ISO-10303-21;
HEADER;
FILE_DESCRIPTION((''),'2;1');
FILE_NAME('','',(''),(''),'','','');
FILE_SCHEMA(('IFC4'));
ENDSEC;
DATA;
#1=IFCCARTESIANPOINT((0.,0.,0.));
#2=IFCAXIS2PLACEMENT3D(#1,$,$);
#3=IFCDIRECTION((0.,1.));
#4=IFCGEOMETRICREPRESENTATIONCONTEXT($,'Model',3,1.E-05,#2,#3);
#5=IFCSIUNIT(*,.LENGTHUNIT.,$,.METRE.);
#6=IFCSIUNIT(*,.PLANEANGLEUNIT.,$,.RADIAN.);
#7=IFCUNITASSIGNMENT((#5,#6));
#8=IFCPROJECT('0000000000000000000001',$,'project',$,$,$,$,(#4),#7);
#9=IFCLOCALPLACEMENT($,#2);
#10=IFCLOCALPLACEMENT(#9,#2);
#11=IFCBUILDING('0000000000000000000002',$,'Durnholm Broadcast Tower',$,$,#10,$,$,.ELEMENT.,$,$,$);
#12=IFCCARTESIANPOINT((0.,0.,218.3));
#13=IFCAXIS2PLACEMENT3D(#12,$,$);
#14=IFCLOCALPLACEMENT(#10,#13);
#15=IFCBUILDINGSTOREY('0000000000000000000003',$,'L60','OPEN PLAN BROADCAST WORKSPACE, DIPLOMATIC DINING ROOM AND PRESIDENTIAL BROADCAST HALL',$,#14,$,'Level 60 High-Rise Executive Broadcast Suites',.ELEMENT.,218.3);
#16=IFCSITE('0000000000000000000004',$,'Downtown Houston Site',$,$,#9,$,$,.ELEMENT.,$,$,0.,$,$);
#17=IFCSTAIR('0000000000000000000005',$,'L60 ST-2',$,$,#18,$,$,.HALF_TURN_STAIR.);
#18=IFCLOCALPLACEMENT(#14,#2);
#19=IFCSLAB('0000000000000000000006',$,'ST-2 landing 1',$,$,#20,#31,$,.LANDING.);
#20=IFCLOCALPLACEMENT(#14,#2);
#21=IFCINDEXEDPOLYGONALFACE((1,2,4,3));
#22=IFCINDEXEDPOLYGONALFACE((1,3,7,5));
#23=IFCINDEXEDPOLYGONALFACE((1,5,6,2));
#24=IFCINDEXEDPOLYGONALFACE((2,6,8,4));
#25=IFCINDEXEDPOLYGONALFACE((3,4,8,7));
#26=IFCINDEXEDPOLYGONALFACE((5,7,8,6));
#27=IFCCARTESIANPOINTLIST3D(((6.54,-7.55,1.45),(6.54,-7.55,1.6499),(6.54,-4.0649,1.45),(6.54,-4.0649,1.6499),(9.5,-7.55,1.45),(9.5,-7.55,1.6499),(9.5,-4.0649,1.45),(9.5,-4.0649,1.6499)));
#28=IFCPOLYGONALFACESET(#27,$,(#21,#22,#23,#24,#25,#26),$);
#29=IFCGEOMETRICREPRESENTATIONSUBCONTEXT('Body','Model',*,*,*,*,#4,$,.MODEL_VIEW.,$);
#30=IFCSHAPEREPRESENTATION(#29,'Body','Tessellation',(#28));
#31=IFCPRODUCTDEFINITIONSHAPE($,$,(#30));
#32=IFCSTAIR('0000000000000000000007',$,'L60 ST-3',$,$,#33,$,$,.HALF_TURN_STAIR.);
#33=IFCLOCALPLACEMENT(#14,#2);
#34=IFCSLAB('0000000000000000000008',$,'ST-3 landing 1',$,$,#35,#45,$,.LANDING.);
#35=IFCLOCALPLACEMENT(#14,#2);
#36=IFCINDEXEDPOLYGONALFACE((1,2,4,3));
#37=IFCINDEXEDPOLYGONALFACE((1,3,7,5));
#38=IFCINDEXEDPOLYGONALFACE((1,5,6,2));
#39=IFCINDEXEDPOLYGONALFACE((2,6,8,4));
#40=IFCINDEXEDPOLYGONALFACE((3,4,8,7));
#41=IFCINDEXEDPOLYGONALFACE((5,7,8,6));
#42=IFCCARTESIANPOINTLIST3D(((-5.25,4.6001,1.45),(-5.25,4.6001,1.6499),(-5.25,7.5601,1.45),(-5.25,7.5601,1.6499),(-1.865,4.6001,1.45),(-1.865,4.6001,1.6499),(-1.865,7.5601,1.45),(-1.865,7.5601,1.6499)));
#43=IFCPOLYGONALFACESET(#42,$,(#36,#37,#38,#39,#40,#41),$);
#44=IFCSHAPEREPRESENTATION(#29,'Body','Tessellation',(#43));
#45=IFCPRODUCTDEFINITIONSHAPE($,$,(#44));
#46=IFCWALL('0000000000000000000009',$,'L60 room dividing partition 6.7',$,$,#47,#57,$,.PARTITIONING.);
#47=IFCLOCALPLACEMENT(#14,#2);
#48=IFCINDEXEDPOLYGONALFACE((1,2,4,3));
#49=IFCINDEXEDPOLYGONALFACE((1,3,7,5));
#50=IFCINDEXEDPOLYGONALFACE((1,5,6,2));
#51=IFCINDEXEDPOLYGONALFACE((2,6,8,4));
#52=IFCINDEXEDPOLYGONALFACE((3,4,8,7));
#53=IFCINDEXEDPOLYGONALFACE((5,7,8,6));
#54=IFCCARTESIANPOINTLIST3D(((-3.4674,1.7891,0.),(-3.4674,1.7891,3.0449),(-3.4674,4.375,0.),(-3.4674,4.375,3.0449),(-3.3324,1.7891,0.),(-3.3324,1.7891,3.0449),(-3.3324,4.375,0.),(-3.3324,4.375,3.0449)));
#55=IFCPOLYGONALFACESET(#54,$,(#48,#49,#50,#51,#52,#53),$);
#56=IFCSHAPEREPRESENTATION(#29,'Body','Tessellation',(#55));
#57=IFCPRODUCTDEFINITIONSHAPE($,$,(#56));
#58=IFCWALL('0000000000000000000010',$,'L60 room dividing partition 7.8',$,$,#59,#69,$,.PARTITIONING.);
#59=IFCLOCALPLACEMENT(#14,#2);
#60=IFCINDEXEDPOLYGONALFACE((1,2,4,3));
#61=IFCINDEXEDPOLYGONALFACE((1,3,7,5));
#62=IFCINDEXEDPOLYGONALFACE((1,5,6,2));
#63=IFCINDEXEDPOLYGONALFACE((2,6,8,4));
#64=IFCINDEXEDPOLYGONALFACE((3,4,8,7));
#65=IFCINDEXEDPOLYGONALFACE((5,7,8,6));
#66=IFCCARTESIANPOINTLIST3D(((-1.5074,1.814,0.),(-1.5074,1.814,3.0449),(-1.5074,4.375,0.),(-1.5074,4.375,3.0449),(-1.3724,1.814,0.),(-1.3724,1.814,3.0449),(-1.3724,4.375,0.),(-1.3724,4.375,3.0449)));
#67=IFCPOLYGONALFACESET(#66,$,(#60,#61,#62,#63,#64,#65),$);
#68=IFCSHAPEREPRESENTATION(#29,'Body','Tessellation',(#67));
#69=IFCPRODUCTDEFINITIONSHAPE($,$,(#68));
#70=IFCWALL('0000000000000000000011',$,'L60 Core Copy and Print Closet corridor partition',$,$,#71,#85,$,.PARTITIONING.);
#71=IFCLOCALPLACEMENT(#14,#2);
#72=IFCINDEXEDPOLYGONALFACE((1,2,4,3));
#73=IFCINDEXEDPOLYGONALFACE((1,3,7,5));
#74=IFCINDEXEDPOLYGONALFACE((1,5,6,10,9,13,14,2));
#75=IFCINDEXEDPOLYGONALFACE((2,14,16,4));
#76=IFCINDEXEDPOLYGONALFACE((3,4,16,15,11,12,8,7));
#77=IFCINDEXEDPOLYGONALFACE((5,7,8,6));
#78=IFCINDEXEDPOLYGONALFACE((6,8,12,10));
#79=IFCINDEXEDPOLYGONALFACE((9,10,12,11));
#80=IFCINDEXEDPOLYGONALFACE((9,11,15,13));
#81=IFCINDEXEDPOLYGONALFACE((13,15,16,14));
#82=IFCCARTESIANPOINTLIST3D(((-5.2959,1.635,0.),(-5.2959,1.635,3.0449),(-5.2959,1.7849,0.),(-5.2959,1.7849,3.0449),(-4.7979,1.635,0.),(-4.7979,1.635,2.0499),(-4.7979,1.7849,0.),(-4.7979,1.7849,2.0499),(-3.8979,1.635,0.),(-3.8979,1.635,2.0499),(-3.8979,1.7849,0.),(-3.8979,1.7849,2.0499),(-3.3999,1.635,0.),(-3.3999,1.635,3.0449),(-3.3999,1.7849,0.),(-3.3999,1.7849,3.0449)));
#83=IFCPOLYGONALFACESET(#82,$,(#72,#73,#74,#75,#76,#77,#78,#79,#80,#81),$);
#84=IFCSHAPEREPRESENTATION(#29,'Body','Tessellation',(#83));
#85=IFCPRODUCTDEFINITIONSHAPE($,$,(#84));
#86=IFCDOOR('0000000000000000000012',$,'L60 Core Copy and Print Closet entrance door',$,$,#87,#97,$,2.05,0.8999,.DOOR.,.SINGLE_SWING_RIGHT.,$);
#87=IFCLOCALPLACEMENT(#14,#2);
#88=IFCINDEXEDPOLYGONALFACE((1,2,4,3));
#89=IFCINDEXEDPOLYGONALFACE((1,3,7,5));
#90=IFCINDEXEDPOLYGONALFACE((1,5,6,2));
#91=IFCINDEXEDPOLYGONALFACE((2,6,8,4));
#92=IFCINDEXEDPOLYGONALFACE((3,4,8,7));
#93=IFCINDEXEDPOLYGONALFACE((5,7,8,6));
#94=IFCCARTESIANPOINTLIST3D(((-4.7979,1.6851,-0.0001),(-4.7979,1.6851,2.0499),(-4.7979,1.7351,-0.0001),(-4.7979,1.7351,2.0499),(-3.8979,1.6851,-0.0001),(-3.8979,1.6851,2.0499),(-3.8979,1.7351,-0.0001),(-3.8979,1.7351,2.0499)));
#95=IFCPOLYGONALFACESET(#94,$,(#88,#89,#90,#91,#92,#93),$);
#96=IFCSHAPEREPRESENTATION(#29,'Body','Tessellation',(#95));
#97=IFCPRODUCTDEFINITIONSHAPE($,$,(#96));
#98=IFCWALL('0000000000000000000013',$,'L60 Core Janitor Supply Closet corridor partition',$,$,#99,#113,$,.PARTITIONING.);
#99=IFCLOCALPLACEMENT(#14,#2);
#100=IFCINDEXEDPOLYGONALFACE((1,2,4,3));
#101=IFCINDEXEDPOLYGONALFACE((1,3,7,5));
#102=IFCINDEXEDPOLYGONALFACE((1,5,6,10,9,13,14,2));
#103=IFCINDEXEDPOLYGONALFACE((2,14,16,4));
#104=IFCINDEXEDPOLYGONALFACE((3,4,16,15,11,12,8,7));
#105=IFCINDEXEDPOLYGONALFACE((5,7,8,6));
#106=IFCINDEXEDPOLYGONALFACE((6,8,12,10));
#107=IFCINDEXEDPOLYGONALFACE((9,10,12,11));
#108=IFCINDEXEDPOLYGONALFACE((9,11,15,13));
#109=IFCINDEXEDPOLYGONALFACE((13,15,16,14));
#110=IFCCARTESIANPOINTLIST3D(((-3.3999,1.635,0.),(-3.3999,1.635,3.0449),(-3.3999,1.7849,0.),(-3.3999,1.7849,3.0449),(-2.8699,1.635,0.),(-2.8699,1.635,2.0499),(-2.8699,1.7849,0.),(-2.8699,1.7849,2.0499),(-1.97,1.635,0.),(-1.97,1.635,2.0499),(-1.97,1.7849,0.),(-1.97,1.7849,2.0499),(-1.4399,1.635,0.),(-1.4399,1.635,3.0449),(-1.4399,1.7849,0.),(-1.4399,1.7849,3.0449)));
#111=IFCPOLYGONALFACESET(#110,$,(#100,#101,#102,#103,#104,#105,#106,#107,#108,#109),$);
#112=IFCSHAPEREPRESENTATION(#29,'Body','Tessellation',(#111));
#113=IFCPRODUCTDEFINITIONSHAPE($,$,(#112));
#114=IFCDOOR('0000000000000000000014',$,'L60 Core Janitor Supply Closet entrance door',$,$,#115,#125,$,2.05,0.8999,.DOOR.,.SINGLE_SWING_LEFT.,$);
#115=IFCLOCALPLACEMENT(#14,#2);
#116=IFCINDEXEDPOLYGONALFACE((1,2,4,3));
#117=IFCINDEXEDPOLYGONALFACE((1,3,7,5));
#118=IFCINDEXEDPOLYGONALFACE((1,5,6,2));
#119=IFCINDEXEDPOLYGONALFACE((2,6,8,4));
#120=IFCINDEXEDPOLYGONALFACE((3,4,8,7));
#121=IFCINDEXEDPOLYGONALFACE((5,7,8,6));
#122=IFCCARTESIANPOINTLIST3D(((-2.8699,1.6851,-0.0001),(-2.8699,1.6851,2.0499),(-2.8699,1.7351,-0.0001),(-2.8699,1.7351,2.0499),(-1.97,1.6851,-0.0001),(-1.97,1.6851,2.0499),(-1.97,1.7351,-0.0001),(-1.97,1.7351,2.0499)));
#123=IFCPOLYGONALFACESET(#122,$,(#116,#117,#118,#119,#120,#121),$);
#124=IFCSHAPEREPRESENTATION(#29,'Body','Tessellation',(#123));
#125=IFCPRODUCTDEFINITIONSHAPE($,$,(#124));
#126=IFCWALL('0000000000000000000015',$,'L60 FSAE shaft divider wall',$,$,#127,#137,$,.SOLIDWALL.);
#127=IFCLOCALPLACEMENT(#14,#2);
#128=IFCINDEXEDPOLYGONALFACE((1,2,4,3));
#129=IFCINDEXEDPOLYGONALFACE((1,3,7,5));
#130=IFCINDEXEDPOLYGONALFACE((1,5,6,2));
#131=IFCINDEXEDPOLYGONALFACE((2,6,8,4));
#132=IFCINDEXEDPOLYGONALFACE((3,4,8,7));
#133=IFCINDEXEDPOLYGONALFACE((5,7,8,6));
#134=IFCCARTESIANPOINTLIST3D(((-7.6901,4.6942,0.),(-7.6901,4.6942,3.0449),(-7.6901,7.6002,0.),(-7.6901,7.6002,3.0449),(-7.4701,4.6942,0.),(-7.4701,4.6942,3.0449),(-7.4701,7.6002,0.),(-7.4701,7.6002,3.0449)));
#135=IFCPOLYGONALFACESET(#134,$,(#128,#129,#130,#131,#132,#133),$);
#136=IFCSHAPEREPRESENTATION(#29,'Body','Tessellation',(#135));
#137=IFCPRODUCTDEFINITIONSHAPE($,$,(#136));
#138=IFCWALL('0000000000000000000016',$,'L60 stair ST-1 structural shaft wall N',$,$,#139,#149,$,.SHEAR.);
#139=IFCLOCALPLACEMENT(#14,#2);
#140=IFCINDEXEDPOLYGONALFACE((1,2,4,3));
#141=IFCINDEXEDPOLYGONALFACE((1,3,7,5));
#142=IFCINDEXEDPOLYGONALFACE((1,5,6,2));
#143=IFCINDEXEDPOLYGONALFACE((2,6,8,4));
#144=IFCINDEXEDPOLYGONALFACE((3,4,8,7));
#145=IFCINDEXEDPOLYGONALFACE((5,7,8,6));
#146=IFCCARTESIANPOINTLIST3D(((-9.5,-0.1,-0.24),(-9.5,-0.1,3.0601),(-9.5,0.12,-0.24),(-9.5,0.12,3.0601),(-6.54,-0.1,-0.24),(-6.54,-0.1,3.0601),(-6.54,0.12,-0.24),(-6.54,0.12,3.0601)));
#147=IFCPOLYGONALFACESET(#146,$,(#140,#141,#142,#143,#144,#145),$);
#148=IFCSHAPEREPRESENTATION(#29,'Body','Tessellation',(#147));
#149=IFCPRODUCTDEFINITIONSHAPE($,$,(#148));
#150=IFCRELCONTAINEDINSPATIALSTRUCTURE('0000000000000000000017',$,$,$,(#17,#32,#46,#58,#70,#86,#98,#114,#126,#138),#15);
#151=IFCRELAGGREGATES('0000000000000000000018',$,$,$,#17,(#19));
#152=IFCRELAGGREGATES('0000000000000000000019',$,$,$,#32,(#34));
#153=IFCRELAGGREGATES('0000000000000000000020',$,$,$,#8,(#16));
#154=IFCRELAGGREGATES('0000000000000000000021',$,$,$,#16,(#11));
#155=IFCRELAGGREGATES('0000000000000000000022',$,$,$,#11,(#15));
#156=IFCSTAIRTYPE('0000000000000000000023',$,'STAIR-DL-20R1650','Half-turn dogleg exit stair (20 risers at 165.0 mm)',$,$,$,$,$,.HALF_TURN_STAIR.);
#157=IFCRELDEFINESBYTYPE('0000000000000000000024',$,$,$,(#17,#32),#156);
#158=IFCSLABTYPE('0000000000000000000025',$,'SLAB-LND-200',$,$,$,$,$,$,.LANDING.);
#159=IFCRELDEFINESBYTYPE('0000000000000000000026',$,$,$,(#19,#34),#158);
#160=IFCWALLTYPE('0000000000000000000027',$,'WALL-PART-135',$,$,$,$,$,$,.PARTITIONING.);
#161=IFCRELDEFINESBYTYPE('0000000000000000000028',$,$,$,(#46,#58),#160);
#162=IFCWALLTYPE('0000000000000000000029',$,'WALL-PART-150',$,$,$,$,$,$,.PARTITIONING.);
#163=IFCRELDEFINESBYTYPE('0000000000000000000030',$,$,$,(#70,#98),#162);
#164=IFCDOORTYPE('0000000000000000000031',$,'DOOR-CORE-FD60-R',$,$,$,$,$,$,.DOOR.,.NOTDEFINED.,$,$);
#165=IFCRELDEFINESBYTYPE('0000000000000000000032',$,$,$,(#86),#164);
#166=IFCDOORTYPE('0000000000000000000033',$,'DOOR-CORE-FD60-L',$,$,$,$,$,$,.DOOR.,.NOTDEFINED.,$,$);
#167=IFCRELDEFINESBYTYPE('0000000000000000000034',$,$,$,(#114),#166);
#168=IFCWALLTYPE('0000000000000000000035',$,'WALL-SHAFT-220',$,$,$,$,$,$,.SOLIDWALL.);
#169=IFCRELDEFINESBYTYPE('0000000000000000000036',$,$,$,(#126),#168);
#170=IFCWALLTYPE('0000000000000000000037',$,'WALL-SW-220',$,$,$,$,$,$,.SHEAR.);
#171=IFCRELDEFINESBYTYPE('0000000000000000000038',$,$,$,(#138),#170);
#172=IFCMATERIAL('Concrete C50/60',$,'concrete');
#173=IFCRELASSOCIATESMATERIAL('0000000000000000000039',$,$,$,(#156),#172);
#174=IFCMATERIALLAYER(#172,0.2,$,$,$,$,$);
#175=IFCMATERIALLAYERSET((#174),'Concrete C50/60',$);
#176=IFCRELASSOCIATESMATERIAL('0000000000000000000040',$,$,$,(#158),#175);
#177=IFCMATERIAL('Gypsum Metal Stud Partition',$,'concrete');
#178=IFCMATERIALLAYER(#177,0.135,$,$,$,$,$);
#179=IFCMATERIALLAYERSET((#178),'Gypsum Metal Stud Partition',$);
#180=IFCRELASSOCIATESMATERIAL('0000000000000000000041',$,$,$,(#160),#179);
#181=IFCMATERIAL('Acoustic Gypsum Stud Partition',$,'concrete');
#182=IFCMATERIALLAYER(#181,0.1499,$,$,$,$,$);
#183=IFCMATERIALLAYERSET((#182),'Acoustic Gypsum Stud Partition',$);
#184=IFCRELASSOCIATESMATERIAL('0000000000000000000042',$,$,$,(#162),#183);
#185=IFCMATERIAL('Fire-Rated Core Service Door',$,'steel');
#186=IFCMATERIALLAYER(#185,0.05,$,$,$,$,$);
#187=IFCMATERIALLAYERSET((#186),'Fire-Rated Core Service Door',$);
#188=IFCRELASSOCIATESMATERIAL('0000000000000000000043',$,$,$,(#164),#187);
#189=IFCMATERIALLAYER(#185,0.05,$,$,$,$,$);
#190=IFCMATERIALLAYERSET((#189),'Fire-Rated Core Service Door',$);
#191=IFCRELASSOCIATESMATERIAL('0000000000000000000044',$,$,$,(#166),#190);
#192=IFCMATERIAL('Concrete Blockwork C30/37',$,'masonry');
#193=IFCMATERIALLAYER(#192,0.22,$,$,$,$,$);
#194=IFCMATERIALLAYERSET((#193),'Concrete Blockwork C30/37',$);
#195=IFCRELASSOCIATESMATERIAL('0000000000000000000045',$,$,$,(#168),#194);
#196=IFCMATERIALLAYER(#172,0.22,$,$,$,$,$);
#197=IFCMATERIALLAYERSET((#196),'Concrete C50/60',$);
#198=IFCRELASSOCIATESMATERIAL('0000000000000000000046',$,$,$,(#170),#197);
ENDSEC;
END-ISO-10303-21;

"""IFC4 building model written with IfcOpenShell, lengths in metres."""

from ifc_helpers import new_model, si_unit, direction, frame, frame_2d, origin, place, context, subcontext, project, spatial, polyline, rectangle, outline, extrude, source, transform, mapped, material, layer, layer_set, type_object, type_shapes, element, fill, aggregate, save


model = new_model("IFC4")

# Units and contexts
model_context = context("Model", 3, precision=1e-05, world=origin(), true_north=direction((0.0, 1.0)))
body_context = subcontext(model_context, "Body", "Model", "MODEL_VIEW")
ifc_project = project(units=[si_unit("LENGTHUNIT", "METRE"), si_unit("PLANEANGLEUNIT", "RADIAN")], contexts=[model_context])

# Site, building, storey
site_placement = place(None, origin())
site = spatial("IfcSite", under=ifc_project, at=site_placement, Name="Downtown Houston Site", CompositionType="ELEMENT", RefElevation=0.0)
building_placement = place(site_placement, origin())
building = spatial("IfcBuilding", under=site, at=building_placement, Name="Durnholm Broadcast Tower", CompositionType="ELEMENT")
storey_placement = place(building_placement, frame((0.0, 0.0, 218.3)))
storey = spatial("IfcBuildingStorey", under=building, at=storey_placement, Name="L60", Description="OPEN PLAN BROADCAST WORKSPACE, DIPLOMATIC DINING ROOM AND PRESIDENTIAL BROADCAST HALL", LongName="Level 60 High-Rise Executive Broadcast Suites", CompositionType="ELEMENT", Elevation=218.3)

# Stairs, slabs
ifc_material_1 = material(Name="Concrete C50/60", Category="concrete")
stair_type = type_object("IfcStairType", Name="STAIR-DL-20R1650", Description="Half-turn dogleg exit stair (20 risers at 165.0 mm)", PredefinedType="HALF_TURN_STAIR", material=ifc_material_1)
stair_1_placement = place(storey_placement, origin())
stair_1 = element("IfcStair", 1, at=stair_1_placement, inside=storey, type_object=stair_type, Name="L60 ST-2", PredefinedType="HALF_TURN_STAIR")
ifc_layer_1 = layer(ifc_material_1, 0.2)
ifc_layer_set_1 = layer_set([ifc_layer_1], Name="Concrete C50/60")
slab_type = type_object("IfcSlabType", Name="SLAB-LND-200", PredefinedType="LANDING", material=ifc_layer_set_1)
slab_1_placement = place(storey_placement, frame((0.0, 0.0, 1.45)))
slab_1 = element("IfcSlab", 2, at=slab_1_placement, type_object=slab_type, Name="ST-2 landing 1", PredefinedType="LANDING", context=body_context, shape_type="SweptSolid", body=[
    extrude(outline(polyline([(6.54, -4.0649), (6.54, -7.55), (9.5, -7.55), (9.5, -4.0649), (6.54, -4.0649)])), origin(), (0.0, 0.0, 1.0), 0.2),
])
aggregate(stair_1, [slab_1])
stair_2_placement = place(storey_placement, origin())
stair_2 = element("IfcStair", 3, at=stair_2_placement, inside=storey, type_object=stair_type, Name="L60 ST-3", PredefinedType="HALF_TURN_STAIR")
slab_2_placement = place(storey_placement, frame((0.0, 0.0, 1.45)))
slab_2 = element("IfcSlab", 4, at=slab_2_placement, type_object=slab_type, Name="ST-3 landing 1", PredefinedType="LANDING", context=body_context, shape_type="SweptSolid", body=[
    extrude(outline(polyline([(-1.865, 7.5601), (-5.25, 7.5601), (-5.25, 4.6001), (-1.865, 4.6001), (-1.865, 7.5601)])), origin(), (0.0, 0.0, 1.0), 0.2),
])

# Walls
ifc_material_2 = material(Name="Gypsum Metal Stud Partition", Category="concrete")
ifc_layer_2 = layer(ifc_material_2, 0.135)
ifc_layer_set_2 = layer_set([ifc_layer_2], Name="Gypsum Metal Stud Partition")
wall_type_1 = type_object("IfcWallType", Name="WALL-PART-135", PredefinedType="PARTITIONING", material=ifc_layer_set_2)
wall_1_placement = place(storey_placement, frame((-3.3999, 4.375, 0.0), z_axis=(0.0, 0.0, 1.0), x_axis=(0.0, -1.0, 0.0)))
element("IfcWall", 5, at=wall_1_placement, inside=storey, type_object=wall_type_1, Name="L60 room dividing partition 6.7", PredefinedType="PARTITIONING", context=body_context, shape_type="SweptSolid", body=[
    extrude(rectangle(XDim=2.5859, YDim=0.135, at=frame_2d((1.293, 0.0))), origin(), (0.0, 0.0, 1.0), 3.0449),
])
wall_2_placement = place(storey_placement, frame((-1.4399, 4.375, 0.0), z_axis=(0.0, 0.0, 1.0), x_axis=(0.0, -1.0, 0.0)))
element("IfcWall", 6, at=wall_2_placement, inside=storey, type_object=wall_type_1, Name="L60 room dividing partition 7.8", PredefinedType="PARTITIONING", context=body_context, shape_type="SweptSolid", body=[
    extrude(rectangle(XDim=2.561, YDim=0.135, at=frame_2d((1.2805, 0.0))), origin(), (0.0, 0.0, 1.0), 3.0449),
])

# Walls, openings, doors
ifc_material_3 = material(Name="Acoustic Gypsum Stud Partition", Category="concrete")
ifc_layer_3 = layer(ifc_material_3, 0.1499)
ifc_layer_set_3 = layer_set([ifc_layer_3], Name="Acoustic Gypsum Stud Partition")
wall_type_2 = type_object("IfcWallType", Name="WALL-PART-150", PredefinedType="PARTITIONING", material=ifc_layer_set_3)
wall_3_placement = place(storey_placement, frame((-3.3999, 1.71, 0.0), z_axis=(0.0, 0.0, 1.0), x_axis=(-1.0, 0.0, 0.0)))
wall_3 = element("IfcWall", 7, at=wall_3_placement, inside=storey, type_object=wall_type_2, Name="L60 Core Copy and Print Closet corridor partition", PredefinedType="PARTITIONING", context=body_context, shape_type="SweptSolid", body=[
    extrude(rectangle(XDim=1.896, YDim=0.1499, at=frame_2d((0.948, 0.0))), origin(), (0.0, 0.0, 1.0), 3.0449),
])
opening_1_placement = place(wall_3_placement, frame((0.498, 0.0, 0.0)))
opening_1 = element("IfcOpeningElement", 8, at=opening_1_placement, cuts=wall_3, PredefinedType="OPENING", context=body_context, shape_type="SweptSolid", body=[
    extrude(rectangle(XDim=0.8999, YDim=2.05, at=frame_2d((0.45, 1.0249))), frame((0.0, 0.085, 0.0), z_axis=(0.0, -1.0, 0.0), x_axis=(1.0, 0.0, 0.0)), (0.0, 0.0, 1.0), 0.1699),
])
ifc_material_4 = material(Name="Fire-Rated Core Service Door", Category="steel")
ifc_layer_4 = layer(ifc_material_4, 0.05)
ifc_layer_set_4 = layer_set([ifc_layer_4], Name="Fire-Rated Core Service Door")
door_type_1 = type_object("IfcDoorType", Name="DOOR-CORE-FD60-R", OperationType="NOTDEFINED", PredefinedType="DOOR", material=ifc_layer_set_4)
shared_shape_1 = source(origin(), body_context, "Body", "SweptSolid", [
    extrude(rectangle(XDim=0.8999, YDim=2.05, at=frame_2d((0.45, 1.0249))), frame((0.0, 0.0249, 0.0), z_axis=(0.0, -1.0, 0.0), x_axis=(1.0, 0.0, 0.0)), (0.0, 0.0, 1.0), 0.05),
])
type_shapes(door_type_1, [shared_shape_1])
door_1_placement = place(opening_1_placement, origin())
door_1 = element("IfcDoor", 9, at=door_1_placement, inside=storey, type_object=door_type_1, Name="L60 Core Copy and Print Closet entrance door", OperationType="SINGLE_SWING_RIGHT", OverallHeight=2.05, OverallWidth=0.8999, PredefinedType="DOOR", context=body_context, shape_type="MappedRepresentation", body=[
    mapped(shared_shape_1, transform((0.0, 0.0, 0.0), x_axis=(1.0, 0.0, 0.0), y_axis=(0.0, 1.0, 0.0), z_axis=(0.0, 0.0, 1.0), scale=1.0)),
])
fill(opening_1, door_1)
wall_4_placement = place(storey_placement, frame((-1.4399, 1.71, 0.0), z_axis=(0.0, 0.0, 1.0), x_axis=(-1.0, 0.0, 0.0)))
wall_4 = element("IfcWall", 10, at=wall_4_placement, inside=storey, type_object=wall_type_2, Name="L60 Core Janitor Supply Closet corridor partition", PredefinedType="PARTITIONING", context=body_context, shape_type="SweptSolid", body=[
    extrude(rectangle(XDim=1.96, YDim=0.1499, at=frame_2d((0.98, 0.0))), origin(), (0.0, 0.0, 1.0), 3.0449),
])
opening_2_placement = place(wall_4_placement, frame((0.53, 0.0, 0.0)))
opening_2 = element("IfcOpeningElement", 11, at=opening_2_placement, cuts=wall_4, PredefinedType="OPENING", context=body_context, shape_type="SweptSolid", body=[
    extrude(rectangle(XDim=0.8999, YDim=2.05, at=frame_2d((0.45, 1.0249))), frame((0.0, 0.085, 0.0), z_axis=(0.0, -1.0, 0.0), x_axis=(1.0, 0.0, 0.0)), (0.0, 0.0, 1.0), 0.1699),
])
ifc_layer_5 = layer(ifc_material_4, 0.05)
ifc_layer_set_5 = layer_set([ifc_layer_5], Name="Fire-Rated Core Service Door")
door_type_2 = type_object("IfcDoorType", Name="DOOR-CORE-FD60-L", OperationType="NOTDEFINED", PredefinedType="DOOR", material=ifc_layer_set_5)
shared_shape_2 = source(origin(), body_context, "Body", "SweptSolid", [
    extrude(rectangle(XDim=0.8999, YDim=2.05, at=frame_2d((0.45, 1.0249))), frame((0.0, 0.0249, 0.0), z_axis=(0.0, -1.0, 0.0), x_axis=(1.0, 0.0, 0.0)), (0.0, 0.0, 1.0), 0.05),
])
type_shapes(door_type_2, [shared_shape_2])
door_2_placement = place(opening_2_placement, origin())
door_2 = element("IfcDoor", 12, at=door_2_placement, inside=storey, type_object=door_type_2, Name="L60 Core Janitor Supply Closet entrance door", OperationType="SINGLE_SWING_LEFT", OverallHeight=2.05, OverallWidth=0.8999, PredefinedType="DOOR", context=body_context, shape_type="MappedRepresentation", body=[
    mapped(shared_shape_2, transform((0.0, 0.0, 0.0), x_axis=(1.0, 0.0, 0.0), y_axis=(0.0, 1.0, 0.0), z_axis=(0.0, 0.0, 1.0), scale=1.0)),
])
fill(opening_2, door_2)

# Walls
ifc_material_5 = material(Name="Concrete Blockwork C30/37", Category="masonry")
ifc_layer_6 = layer(ifc_material_5, 0.22)
ifc_layer_set_6 = layer_set([ifc_layer_6], Name="Concrete Blockwork C30/37")
wall_type_3 = type_object("IfcWallType", Name="WALL-SHAFT-220", PredefinedType="SOLIDWALL", material=ifc_layer_set_6)
wall_5_placement = place(storey_placement, frame((-7.5801, 4.6941, 0.0), z_axis=(0.0, 0.0, 1.0), x_axis=(0.0, 1.0, 0.0)))
element("IfcWall", 13, at=wall_5_placement, inside=storey, type_object=wall_type_3, Name="L60 FSAE shaft divider wall", PredefinedType="SOLIDWALL", context=body_context, shape_type="SweptSolid", body=[
    extrude(rectangle(XDim=2.906, YDim=0.22, at=frame_2d((1.4531, 0.0))), origin(), (0.0, 0.0, 1.0), 3.0449),
])
ifc_layer_7 = layer(ifc_material_1, 0.22)
ifc_layer_set_7 = layer_set([ifc_layer_7], Name="Concrete C50/60")
wall_type_4 = type_object("IfcWallType", Name="WALL-SW-220", PredefinedType="SHEAR", material=ifc_layer_set_7)
wall_6_placement = place(storey_placement, frame((-6.54, 0.01, -0.24), z_axis=(0.0, 0.0, 1.0), x_axis=(-1.0, 0.0, 0.0)))
element("IfcWall", 14, at=wall_6_placement, inside=storey, type_object=wall_type_4, Name="L60 stair ST-1 structural shaft wall N", PredefinedType="SHEAR", context=body_context, shape_type="SweptSolid", body=[
    extrude(rectangle(XDim=2.96, YDim=0.22, at=frame_2d((1.48, 0.0))), origin(), (0.0, 0.0, 1.0), 3.3),
])

aggregate(stair_2, [slab_2])

save(model, "model.ifc")
